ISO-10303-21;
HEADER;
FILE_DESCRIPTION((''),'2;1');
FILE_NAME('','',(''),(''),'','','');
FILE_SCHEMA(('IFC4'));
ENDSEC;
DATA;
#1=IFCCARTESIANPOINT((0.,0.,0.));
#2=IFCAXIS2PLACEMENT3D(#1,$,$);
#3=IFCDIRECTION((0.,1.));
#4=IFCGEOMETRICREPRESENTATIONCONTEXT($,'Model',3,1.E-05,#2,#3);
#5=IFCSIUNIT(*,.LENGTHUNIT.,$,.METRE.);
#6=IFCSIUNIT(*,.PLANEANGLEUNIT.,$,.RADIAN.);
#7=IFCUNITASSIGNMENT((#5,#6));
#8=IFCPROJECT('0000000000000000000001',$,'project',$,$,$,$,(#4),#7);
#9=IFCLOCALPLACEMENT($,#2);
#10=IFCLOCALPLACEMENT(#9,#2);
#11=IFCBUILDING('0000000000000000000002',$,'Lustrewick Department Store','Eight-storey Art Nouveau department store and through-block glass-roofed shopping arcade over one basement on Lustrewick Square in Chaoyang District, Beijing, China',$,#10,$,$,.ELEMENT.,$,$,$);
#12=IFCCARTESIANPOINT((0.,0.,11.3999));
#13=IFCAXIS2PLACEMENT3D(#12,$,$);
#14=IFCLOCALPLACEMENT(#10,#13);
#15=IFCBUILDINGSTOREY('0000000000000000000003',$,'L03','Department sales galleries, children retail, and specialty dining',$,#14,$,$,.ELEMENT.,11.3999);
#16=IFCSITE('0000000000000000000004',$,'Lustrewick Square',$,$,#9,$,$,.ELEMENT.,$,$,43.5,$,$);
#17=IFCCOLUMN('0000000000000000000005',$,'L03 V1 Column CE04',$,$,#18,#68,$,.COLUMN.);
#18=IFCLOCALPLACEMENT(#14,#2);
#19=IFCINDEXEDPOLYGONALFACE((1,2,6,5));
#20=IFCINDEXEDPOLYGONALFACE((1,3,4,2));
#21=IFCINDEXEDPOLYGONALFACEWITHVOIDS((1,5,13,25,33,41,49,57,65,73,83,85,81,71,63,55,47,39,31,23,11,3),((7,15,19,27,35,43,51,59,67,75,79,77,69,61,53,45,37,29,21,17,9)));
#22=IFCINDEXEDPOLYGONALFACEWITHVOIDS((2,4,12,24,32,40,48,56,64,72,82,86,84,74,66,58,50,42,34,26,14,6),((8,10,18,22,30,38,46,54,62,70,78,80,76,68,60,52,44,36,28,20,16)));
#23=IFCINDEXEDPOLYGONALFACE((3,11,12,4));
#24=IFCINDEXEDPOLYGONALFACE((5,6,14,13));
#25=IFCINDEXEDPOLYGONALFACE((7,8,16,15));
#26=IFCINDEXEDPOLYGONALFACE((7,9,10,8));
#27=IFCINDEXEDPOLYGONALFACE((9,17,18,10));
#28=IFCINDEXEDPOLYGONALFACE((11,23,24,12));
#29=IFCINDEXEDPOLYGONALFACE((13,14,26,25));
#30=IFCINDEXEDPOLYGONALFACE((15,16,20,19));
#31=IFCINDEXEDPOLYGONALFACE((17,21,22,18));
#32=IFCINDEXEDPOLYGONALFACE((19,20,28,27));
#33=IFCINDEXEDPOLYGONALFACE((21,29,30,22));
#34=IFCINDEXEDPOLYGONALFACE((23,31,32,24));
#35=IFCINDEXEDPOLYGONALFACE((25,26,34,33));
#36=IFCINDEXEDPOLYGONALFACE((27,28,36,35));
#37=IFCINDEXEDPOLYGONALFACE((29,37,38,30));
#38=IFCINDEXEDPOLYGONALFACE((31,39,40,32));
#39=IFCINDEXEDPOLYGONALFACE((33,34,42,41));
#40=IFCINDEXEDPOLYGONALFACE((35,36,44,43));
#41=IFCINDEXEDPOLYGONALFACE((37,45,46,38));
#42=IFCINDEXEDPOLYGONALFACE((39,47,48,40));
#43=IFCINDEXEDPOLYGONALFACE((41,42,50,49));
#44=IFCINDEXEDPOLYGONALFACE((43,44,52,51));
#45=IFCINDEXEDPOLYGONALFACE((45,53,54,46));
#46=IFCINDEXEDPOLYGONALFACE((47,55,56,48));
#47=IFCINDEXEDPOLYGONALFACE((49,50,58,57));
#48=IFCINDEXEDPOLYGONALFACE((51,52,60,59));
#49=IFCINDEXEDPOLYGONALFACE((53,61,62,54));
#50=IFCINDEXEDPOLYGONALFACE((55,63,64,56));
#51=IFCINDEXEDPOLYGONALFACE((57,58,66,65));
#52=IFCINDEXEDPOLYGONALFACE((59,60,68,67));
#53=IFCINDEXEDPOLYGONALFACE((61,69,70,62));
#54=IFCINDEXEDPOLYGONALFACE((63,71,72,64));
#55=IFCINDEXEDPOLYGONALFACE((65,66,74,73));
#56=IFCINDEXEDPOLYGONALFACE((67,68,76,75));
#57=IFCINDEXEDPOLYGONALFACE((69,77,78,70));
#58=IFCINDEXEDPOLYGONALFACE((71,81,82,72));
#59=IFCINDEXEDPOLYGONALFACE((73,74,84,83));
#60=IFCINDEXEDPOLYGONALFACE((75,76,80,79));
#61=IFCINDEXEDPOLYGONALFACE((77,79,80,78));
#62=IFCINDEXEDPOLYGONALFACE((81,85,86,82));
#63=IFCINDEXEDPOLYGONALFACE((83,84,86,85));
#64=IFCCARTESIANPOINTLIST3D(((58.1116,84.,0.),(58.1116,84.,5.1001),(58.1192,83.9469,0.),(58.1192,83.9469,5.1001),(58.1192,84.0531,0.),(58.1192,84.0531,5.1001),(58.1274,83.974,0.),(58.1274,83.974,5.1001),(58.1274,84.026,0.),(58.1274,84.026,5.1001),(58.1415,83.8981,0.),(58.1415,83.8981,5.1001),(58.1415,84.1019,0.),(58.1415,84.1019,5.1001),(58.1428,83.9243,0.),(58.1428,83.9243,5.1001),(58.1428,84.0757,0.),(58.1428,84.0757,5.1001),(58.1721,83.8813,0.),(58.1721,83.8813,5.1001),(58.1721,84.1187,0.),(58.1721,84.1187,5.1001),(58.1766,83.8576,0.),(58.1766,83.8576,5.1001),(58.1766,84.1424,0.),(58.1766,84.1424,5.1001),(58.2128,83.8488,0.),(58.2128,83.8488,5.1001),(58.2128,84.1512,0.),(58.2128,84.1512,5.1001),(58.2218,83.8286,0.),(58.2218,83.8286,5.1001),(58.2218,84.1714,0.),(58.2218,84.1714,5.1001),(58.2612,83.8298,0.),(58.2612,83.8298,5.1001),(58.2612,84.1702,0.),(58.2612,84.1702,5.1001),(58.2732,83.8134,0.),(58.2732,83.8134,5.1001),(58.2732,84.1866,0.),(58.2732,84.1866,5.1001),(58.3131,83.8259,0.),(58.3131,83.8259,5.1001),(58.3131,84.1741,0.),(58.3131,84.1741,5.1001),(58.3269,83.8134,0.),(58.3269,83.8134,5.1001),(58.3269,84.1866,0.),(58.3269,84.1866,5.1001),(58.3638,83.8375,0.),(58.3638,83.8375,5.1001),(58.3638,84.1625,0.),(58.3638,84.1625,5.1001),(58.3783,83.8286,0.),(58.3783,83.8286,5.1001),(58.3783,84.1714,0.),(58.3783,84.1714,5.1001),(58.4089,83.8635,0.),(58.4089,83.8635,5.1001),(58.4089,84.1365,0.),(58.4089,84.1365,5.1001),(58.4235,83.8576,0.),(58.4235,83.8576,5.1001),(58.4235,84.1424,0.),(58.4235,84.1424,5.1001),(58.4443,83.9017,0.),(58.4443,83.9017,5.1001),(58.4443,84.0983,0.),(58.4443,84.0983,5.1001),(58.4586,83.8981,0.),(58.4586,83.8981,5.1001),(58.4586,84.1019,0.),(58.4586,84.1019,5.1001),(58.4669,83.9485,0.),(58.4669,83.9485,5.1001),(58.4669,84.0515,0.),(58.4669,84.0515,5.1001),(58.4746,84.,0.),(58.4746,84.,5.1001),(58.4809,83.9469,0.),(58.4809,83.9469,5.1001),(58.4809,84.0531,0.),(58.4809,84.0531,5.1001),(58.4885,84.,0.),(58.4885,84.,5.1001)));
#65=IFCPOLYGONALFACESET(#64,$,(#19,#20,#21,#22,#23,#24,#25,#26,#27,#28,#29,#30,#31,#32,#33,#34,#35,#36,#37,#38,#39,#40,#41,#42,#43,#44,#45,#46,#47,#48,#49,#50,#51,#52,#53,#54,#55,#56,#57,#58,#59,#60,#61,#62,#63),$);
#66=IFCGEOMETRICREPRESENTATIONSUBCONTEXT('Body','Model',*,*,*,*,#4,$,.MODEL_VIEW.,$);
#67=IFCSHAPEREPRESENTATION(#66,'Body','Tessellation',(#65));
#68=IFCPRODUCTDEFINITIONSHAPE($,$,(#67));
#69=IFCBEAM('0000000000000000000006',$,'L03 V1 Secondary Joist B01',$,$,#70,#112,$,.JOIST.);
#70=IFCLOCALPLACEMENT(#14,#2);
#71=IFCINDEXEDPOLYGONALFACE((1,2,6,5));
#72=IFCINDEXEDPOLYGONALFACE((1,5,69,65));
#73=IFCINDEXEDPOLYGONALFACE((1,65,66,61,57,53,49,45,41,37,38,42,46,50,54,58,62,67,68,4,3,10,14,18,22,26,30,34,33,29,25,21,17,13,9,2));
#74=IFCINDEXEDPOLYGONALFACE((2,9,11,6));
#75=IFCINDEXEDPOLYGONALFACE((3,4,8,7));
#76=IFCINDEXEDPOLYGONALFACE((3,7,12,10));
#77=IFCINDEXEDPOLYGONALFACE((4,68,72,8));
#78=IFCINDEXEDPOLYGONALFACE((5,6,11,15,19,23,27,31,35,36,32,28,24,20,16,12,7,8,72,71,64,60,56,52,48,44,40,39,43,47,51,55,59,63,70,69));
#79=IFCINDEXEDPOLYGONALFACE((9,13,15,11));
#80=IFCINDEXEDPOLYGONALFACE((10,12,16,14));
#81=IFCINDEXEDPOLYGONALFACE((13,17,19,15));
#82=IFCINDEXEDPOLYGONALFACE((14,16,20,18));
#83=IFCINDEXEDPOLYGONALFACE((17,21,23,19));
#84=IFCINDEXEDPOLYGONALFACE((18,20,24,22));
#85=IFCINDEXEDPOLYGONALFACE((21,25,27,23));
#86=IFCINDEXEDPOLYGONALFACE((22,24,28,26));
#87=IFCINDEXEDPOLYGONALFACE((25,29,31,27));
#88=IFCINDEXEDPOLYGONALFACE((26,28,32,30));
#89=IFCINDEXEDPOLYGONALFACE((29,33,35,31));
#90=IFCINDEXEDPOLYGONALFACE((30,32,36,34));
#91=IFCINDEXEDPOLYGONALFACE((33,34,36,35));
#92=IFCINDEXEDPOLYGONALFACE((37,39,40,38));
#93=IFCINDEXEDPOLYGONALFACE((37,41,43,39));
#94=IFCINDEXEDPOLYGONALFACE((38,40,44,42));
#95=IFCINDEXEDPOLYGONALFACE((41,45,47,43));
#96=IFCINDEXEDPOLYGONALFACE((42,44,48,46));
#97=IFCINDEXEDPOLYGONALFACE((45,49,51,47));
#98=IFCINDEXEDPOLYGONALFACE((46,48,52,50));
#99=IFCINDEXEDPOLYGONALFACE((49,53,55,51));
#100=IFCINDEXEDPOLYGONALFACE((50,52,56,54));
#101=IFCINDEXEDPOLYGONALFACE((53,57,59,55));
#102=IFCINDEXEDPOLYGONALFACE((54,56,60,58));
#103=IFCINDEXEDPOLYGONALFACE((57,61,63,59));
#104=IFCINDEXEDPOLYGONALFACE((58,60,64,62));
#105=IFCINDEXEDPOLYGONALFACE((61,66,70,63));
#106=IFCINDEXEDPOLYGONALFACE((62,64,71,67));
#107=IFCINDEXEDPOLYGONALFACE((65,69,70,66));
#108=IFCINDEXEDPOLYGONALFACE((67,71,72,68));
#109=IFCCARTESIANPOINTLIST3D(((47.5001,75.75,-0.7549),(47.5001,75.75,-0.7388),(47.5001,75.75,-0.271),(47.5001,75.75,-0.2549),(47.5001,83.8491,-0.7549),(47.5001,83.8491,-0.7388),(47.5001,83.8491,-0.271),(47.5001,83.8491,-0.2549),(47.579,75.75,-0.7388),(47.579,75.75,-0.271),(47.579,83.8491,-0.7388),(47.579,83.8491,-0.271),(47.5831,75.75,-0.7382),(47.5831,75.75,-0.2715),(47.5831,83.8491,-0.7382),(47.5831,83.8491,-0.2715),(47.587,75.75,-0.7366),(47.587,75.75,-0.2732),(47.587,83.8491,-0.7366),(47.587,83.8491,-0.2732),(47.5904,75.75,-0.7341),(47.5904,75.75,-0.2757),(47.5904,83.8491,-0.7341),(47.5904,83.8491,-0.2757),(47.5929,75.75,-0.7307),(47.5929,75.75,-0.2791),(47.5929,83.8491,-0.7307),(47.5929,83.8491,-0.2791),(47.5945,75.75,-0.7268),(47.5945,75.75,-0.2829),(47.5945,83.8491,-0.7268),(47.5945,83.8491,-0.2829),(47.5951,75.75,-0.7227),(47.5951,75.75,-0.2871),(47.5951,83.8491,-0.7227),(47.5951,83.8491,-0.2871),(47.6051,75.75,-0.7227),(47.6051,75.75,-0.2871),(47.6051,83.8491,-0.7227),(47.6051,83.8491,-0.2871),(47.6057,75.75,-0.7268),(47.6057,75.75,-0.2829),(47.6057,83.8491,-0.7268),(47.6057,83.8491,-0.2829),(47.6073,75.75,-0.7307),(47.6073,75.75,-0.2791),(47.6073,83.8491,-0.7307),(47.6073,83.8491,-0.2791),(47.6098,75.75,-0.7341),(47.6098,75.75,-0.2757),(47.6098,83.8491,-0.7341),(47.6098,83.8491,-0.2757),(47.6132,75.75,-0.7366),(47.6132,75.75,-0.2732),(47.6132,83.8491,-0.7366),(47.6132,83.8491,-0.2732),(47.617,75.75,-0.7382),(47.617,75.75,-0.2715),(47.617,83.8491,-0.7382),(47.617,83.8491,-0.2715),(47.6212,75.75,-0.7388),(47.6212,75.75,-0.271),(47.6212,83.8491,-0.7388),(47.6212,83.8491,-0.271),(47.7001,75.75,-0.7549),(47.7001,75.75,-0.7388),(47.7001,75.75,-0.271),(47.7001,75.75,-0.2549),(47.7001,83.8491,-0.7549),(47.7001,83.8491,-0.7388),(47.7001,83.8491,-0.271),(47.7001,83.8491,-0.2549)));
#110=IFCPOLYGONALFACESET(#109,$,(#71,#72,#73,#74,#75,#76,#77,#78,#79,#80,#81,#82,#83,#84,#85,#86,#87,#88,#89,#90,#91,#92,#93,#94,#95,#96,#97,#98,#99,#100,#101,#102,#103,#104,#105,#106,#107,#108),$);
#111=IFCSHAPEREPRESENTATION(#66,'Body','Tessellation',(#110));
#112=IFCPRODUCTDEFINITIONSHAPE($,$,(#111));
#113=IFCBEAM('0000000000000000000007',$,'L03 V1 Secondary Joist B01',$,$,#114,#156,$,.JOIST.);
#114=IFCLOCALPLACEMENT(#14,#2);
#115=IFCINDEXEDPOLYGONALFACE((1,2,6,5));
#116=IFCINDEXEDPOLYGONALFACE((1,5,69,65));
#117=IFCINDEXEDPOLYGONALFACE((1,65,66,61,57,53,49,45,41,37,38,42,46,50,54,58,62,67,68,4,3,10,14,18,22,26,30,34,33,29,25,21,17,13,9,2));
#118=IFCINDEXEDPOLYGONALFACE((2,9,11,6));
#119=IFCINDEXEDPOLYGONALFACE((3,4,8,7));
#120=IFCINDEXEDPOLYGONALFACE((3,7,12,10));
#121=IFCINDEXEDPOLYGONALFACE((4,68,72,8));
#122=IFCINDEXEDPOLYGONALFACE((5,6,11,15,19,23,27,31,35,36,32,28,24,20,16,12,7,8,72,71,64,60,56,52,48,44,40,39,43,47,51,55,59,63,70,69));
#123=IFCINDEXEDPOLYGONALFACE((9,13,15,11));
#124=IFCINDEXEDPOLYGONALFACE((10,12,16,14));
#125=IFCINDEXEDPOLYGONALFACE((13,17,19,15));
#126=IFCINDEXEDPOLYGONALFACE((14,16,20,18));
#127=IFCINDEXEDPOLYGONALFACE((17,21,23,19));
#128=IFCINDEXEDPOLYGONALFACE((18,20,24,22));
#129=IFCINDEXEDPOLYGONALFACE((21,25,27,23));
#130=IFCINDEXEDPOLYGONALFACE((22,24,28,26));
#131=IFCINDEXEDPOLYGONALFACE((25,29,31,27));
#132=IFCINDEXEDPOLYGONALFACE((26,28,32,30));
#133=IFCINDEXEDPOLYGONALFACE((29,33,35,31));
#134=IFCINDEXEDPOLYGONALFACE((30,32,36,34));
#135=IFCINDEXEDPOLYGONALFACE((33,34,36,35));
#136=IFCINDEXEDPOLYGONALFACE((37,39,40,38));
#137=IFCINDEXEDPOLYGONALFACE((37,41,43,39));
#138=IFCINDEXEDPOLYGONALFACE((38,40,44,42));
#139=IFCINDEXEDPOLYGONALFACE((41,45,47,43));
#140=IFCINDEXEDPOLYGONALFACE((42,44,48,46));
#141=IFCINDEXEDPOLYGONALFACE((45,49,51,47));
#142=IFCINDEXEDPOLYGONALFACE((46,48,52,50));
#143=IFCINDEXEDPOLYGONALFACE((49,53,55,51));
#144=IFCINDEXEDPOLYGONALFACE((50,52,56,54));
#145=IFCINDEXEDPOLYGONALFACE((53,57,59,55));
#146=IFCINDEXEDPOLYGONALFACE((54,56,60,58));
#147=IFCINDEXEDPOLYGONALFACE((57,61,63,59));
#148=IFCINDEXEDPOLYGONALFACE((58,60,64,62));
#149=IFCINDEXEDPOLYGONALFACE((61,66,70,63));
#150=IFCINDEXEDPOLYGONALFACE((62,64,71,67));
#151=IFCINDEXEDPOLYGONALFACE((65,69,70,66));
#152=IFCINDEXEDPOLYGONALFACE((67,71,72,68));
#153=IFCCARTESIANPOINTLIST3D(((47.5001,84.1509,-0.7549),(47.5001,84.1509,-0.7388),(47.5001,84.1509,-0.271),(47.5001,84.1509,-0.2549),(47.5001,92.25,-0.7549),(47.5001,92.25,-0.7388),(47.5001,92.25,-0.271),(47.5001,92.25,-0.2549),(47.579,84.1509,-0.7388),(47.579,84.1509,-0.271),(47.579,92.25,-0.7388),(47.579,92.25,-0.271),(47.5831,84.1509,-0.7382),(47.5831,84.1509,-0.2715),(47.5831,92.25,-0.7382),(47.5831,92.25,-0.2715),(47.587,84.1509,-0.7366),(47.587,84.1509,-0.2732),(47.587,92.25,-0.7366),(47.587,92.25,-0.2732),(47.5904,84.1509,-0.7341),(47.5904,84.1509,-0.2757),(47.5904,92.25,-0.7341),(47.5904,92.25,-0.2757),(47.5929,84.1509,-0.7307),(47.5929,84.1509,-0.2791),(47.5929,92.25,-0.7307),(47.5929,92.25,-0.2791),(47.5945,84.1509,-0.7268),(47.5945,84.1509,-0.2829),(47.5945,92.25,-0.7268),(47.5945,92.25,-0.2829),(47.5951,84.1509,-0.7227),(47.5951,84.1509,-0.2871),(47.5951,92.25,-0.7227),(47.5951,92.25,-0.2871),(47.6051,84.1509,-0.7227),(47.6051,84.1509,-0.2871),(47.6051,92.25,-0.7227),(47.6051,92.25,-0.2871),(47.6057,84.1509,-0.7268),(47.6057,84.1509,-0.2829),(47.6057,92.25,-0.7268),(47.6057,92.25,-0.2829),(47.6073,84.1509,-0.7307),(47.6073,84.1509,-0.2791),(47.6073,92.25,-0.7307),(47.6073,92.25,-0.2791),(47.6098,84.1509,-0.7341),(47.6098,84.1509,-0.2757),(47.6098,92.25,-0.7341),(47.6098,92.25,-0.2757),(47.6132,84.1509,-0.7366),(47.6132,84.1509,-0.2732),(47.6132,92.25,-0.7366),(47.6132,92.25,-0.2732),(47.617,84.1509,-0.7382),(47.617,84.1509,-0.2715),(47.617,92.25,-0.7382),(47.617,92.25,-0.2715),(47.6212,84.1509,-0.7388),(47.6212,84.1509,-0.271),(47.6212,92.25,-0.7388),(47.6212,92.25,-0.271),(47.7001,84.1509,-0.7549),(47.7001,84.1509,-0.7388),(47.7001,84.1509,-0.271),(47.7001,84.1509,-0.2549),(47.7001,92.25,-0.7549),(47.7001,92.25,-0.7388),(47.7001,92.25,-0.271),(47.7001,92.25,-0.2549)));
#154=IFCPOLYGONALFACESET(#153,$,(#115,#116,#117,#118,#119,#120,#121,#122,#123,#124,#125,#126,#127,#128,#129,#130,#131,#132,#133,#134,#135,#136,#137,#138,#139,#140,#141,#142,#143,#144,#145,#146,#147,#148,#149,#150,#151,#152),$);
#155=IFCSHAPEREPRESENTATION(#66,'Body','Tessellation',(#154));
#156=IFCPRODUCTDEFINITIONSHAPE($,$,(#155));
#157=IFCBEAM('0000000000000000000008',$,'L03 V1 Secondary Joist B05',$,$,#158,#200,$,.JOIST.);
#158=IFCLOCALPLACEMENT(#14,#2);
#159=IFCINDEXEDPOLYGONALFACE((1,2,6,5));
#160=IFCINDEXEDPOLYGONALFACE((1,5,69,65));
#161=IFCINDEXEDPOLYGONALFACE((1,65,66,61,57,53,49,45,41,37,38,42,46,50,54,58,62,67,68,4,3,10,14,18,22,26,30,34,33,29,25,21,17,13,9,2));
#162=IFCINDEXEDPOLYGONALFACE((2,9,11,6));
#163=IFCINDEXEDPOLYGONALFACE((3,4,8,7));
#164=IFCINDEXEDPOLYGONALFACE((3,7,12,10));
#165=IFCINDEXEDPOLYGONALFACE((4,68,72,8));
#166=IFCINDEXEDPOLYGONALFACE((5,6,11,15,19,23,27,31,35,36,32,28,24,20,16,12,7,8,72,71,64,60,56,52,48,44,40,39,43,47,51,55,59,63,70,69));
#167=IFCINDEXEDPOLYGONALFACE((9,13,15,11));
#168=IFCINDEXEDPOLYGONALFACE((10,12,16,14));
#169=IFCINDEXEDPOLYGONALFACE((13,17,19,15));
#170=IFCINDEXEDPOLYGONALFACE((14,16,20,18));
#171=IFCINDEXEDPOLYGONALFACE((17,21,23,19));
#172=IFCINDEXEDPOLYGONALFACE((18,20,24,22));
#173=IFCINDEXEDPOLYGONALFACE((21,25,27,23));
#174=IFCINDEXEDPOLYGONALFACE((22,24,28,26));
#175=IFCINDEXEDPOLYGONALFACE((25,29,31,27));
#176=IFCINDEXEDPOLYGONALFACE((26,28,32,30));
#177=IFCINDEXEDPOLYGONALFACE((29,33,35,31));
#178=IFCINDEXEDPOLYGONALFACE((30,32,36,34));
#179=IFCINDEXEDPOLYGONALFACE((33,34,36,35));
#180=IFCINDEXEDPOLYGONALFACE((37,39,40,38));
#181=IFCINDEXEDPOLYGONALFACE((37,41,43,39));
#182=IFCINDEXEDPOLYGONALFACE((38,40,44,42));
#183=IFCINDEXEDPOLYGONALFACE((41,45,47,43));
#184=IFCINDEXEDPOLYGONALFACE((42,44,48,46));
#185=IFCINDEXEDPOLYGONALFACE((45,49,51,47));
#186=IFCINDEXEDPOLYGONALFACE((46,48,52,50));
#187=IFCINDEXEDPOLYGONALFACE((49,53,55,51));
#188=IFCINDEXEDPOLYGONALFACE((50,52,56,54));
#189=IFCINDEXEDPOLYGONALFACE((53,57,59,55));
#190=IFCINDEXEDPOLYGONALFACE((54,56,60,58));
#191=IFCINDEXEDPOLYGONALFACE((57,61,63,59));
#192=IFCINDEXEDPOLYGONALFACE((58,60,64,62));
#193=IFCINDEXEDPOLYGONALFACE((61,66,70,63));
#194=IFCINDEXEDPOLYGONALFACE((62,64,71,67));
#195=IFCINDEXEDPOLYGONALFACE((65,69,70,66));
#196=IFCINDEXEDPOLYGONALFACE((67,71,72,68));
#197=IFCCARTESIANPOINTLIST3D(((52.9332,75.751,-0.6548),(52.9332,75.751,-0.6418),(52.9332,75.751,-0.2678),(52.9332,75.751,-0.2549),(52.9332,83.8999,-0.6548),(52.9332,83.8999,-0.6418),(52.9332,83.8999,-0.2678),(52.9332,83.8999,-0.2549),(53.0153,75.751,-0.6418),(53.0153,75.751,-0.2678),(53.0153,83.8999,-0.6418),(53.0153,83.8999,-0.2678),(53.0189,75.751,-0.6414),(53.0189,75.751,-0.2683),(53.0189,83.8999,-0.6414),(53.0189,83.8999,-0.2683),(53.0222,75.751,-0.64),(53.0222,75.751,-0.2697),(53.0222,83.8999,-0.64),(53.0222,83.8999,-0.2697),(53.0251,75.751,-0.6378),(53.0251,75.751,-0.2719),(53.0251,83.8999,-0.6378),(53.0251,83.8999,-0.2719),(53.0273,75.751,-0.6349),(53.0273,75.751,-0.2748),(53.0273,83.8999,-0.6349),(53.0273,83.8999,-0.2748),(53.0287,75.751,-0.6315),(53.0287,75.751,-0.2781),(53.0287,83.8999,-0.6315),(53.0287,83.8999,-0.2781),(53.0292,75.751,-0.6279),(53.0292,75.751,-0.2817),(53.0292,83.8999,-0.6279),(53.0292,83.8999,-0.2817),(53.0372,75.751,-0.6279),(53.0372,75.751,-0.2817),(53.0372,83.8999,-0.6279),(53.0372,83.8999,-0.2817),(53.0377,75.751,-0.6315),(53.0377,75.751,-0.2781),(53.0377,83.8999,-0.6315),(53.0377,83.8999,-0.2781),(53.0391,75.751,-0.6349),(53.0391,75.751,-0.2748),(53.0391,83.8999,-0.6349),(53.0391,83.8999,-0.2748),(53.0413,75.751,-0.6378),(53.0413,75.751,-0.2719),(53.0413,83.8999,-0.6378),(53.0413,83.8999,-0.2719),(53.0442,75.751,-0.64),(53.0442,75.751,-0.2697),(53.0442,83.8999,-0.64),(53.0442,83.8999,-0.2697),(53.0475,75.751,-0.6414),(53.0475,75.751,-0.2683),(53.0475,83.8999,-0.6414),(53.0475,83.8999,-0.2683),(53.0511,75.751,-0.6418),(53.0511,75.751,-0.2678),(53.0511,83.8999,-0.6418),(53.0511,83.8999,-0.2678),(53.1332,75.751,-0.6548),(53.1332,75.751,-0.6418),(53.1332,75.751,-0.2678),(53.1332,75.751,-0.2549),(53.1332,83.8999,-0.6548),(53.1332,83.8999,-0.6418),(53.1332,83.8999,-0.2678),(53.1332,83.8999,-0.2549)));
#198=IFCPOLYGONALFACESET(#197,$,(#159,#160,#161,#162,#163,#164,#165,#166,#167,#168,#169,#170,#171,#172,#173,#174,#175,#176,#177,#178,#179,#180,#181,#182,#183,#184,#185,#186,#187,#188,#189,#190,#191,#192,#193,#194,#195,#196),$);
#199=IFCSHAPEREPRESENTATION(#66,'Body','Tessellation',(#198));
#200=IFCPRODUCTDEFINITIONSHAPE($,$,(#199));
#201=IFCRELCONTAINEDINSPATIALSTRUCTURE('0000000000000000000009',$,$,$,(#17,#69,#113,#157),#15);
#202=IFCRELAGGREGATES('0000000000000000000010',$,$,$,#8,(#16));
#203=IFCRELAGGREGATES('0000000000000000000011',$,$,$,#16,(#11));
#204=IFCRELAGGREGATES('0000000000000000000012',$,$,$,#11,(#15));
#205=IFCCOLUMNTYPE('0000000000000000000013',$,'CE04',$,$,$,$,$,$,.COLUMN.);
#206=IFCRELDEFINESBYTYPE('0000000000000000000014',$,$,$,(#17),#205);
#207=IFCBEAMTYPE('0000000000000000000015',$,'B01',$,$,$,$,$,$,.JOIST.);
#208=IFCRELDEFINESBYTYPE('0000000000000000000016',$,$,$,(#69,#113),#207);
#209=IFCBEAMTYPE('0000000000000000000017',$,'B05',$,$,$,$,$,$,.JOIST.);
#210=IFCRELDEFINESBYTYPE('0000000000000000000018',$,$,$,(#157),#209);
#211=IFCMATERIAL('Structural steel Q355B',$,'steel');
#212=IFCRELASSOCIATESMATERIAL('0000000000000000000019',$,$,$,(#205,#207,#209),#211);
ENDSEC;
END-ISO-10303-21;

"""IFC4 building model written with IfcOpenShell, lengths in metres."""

from ifc_helpers import new_model, si_unit, direction, frame, origin, origin_2d, place, context, subcontext, project, spatial, hollow_circle, i_section, extrude, material, material_profile, profile_set, type_object, element, save


model = new_model("IFC4")

# Units and contexts
model_context = context("Model", 3, precision=1e-05, world=origin(), true_north=direction((0.0, 1.0)))
body_context = subcontext(model_context, "Body", "Model", "MODEL_VIEW")
ifc_project = project(units=[si_unit("LENGTHUNIT", "METRE"), si_unit("PLANEANGLEUNIT", "RADIAN")], contexts=[model_context])

# Site, building, storey
site_placement = place(None, origin())
site = spatial("IfcSite", under=ifc_project, at=site_placement, Name="Lustrewick Square", CompositionType="ELEMENT", RefElevation=43.5)
building_placement = place(site_placement, origin())
building = spatial("IfcBuilding", under=site, at=building_placement, Name="Lustrewick Department Store", Description="Eight-storey Art Nouveau department store and through-block glass-roofed shopping arcade over one basement on Lustrewick Square in Chaoyang District, Beijing, China", CompositionType="ELEMENT")
storey_placement = place(building_placement, frame((0.0, 0.0, 11.3999)))
storey = spatial("IfcBuildingStorey", under=building, at=storey_placement, Name="L03", Description="Department sales galleries, children retail, and specialty dining", CompositionType="ELEMENT", Elevation=11.3999)

# Column
ifc_material_1 = material(Name="Structural steel Q355B", Category="steel")
ifc_material_profile_1 = material_profile(ifc_material_1, hollow_circle(Radius=0.1885, WallThickness=0.0139, at=origin_2d()), Name="CHS 377x14")
ifc_profile_set_1 = profile_set([ifc_material_profile_1], Name="Structural steel Q355B")
column_type_1 = type_object("IfcColumnType", Name="CE04", PredefinedType="COLUMN", material=ifc_profile_set_1)
column_1_placement = place(storey_placement, frame((58.3, 84.0, 0.0), z_axis=(0.0, 0.0, 1.0), x_axis=(1.0, 0.0, 0.0)))
element("IfcColumn", 1, at=column_1_placement, inside=storey, type_object=column_type_1, Name="L03 V1 Column CE04", PredefinedType="COLUMN", context=body_context, shape_type="SweptSolid", body=[
    extrude(hollow_circle(Radius=0.1885, WallThickness=0.0139, at=origin_2d()), origin(), (0.0, 0.0, 1.0), 5.1001),
])

# Beams
ifc_material_profile_2 = material_profile(ifc_material_1, i_section(OverallWidth=0.2, OverallDepth=0.5, WebThickness=0.01, FlangeThickness=0.0161, FilletRadius=0.0161, at=origin_2d()), Name="HN 500x200x10x16")
ifc_profile_set_2 = profile_set([ifc_material_profile_2], Name="Structural steel Q355B")
beam_type_1 = type_object("IfcBeamType", Name="B01", PredefinedType="JOIST", material=ifc_profile_set_2)
for number, where, z_axis, x_axis, name in (
    (2, (47.6001, 75.75, -0.5049), (0.0, 1.0, 0.0), (-1.0, 0.0, 0.0), "L03 V1 Secondary Joist B01"),
    (3, (47.6001, 84.1509, -0.5049), (0.0, 1.0, 0.0), (-1.0, 0.0, 0.0), "L03 V1 Secondary Joist B01"),
):
    element("IfcBeam", number, at=place(storey_placement, frame(where, z_axis=z_axis, x_axis=x_axis)), inside=storey, type_object=beam_type_1, Name=name, PredefinedType="JOIST", context=body_context, shape_type="SweptSolid", body=[
        extrude(i_section(OverallWidth=0.2, OverallDepth=0.5, WebThickness=0.01, FlangeThickness=0.0161, FilletRadius=0.0161, at=origin_2d()), origin(), (0.0, 0.0, 1.0), 8.0991),
    ])
ifc_material_profile_3 = material_profile(ifc_material_1, i_section(OverallWidth=0.2, OverallDepth=0.3999, WebThickness=0.0081, FlangeThickness=0.0129, FilletRadius=0.0139, at=origin_2d()), Name="HN 400x200x8x13")
ifc_profile_set_3 = profile_set([ifc_material_profile_3], Name="Structural steel Q355B")
beam_type_2 = type_object("IfcBeamType", Name="B05", PredefinedType="JOIST", material=ifc_profile_set_3)
beam_1_placement = place(storey_placement, frame((53.0332, 75.751, -0.4548), z_axis=(0.0, 1.0, 0.0), x_axis=(-1.0, 0.0, 0.0)))
element("IfcBeam", 4, at=beam_1_placement, inside=storey, type_object=beam_type_2, Name="L03 V1 Secondary Joist B05", PredefinedType="JOIST", context=body_context, shape_type="SweptSolid", body=[
    extrude(i_section(OverallWidth=0.2, OverallDepth=0.3999, WebThickness=0.0081, FlangeThickness=0.0129, FilletRadius=0.0139, at=origin_2d()), origin(), (0.0, 0.0, 1.0), 8.1489),
])

save(model, "model.ifc")
